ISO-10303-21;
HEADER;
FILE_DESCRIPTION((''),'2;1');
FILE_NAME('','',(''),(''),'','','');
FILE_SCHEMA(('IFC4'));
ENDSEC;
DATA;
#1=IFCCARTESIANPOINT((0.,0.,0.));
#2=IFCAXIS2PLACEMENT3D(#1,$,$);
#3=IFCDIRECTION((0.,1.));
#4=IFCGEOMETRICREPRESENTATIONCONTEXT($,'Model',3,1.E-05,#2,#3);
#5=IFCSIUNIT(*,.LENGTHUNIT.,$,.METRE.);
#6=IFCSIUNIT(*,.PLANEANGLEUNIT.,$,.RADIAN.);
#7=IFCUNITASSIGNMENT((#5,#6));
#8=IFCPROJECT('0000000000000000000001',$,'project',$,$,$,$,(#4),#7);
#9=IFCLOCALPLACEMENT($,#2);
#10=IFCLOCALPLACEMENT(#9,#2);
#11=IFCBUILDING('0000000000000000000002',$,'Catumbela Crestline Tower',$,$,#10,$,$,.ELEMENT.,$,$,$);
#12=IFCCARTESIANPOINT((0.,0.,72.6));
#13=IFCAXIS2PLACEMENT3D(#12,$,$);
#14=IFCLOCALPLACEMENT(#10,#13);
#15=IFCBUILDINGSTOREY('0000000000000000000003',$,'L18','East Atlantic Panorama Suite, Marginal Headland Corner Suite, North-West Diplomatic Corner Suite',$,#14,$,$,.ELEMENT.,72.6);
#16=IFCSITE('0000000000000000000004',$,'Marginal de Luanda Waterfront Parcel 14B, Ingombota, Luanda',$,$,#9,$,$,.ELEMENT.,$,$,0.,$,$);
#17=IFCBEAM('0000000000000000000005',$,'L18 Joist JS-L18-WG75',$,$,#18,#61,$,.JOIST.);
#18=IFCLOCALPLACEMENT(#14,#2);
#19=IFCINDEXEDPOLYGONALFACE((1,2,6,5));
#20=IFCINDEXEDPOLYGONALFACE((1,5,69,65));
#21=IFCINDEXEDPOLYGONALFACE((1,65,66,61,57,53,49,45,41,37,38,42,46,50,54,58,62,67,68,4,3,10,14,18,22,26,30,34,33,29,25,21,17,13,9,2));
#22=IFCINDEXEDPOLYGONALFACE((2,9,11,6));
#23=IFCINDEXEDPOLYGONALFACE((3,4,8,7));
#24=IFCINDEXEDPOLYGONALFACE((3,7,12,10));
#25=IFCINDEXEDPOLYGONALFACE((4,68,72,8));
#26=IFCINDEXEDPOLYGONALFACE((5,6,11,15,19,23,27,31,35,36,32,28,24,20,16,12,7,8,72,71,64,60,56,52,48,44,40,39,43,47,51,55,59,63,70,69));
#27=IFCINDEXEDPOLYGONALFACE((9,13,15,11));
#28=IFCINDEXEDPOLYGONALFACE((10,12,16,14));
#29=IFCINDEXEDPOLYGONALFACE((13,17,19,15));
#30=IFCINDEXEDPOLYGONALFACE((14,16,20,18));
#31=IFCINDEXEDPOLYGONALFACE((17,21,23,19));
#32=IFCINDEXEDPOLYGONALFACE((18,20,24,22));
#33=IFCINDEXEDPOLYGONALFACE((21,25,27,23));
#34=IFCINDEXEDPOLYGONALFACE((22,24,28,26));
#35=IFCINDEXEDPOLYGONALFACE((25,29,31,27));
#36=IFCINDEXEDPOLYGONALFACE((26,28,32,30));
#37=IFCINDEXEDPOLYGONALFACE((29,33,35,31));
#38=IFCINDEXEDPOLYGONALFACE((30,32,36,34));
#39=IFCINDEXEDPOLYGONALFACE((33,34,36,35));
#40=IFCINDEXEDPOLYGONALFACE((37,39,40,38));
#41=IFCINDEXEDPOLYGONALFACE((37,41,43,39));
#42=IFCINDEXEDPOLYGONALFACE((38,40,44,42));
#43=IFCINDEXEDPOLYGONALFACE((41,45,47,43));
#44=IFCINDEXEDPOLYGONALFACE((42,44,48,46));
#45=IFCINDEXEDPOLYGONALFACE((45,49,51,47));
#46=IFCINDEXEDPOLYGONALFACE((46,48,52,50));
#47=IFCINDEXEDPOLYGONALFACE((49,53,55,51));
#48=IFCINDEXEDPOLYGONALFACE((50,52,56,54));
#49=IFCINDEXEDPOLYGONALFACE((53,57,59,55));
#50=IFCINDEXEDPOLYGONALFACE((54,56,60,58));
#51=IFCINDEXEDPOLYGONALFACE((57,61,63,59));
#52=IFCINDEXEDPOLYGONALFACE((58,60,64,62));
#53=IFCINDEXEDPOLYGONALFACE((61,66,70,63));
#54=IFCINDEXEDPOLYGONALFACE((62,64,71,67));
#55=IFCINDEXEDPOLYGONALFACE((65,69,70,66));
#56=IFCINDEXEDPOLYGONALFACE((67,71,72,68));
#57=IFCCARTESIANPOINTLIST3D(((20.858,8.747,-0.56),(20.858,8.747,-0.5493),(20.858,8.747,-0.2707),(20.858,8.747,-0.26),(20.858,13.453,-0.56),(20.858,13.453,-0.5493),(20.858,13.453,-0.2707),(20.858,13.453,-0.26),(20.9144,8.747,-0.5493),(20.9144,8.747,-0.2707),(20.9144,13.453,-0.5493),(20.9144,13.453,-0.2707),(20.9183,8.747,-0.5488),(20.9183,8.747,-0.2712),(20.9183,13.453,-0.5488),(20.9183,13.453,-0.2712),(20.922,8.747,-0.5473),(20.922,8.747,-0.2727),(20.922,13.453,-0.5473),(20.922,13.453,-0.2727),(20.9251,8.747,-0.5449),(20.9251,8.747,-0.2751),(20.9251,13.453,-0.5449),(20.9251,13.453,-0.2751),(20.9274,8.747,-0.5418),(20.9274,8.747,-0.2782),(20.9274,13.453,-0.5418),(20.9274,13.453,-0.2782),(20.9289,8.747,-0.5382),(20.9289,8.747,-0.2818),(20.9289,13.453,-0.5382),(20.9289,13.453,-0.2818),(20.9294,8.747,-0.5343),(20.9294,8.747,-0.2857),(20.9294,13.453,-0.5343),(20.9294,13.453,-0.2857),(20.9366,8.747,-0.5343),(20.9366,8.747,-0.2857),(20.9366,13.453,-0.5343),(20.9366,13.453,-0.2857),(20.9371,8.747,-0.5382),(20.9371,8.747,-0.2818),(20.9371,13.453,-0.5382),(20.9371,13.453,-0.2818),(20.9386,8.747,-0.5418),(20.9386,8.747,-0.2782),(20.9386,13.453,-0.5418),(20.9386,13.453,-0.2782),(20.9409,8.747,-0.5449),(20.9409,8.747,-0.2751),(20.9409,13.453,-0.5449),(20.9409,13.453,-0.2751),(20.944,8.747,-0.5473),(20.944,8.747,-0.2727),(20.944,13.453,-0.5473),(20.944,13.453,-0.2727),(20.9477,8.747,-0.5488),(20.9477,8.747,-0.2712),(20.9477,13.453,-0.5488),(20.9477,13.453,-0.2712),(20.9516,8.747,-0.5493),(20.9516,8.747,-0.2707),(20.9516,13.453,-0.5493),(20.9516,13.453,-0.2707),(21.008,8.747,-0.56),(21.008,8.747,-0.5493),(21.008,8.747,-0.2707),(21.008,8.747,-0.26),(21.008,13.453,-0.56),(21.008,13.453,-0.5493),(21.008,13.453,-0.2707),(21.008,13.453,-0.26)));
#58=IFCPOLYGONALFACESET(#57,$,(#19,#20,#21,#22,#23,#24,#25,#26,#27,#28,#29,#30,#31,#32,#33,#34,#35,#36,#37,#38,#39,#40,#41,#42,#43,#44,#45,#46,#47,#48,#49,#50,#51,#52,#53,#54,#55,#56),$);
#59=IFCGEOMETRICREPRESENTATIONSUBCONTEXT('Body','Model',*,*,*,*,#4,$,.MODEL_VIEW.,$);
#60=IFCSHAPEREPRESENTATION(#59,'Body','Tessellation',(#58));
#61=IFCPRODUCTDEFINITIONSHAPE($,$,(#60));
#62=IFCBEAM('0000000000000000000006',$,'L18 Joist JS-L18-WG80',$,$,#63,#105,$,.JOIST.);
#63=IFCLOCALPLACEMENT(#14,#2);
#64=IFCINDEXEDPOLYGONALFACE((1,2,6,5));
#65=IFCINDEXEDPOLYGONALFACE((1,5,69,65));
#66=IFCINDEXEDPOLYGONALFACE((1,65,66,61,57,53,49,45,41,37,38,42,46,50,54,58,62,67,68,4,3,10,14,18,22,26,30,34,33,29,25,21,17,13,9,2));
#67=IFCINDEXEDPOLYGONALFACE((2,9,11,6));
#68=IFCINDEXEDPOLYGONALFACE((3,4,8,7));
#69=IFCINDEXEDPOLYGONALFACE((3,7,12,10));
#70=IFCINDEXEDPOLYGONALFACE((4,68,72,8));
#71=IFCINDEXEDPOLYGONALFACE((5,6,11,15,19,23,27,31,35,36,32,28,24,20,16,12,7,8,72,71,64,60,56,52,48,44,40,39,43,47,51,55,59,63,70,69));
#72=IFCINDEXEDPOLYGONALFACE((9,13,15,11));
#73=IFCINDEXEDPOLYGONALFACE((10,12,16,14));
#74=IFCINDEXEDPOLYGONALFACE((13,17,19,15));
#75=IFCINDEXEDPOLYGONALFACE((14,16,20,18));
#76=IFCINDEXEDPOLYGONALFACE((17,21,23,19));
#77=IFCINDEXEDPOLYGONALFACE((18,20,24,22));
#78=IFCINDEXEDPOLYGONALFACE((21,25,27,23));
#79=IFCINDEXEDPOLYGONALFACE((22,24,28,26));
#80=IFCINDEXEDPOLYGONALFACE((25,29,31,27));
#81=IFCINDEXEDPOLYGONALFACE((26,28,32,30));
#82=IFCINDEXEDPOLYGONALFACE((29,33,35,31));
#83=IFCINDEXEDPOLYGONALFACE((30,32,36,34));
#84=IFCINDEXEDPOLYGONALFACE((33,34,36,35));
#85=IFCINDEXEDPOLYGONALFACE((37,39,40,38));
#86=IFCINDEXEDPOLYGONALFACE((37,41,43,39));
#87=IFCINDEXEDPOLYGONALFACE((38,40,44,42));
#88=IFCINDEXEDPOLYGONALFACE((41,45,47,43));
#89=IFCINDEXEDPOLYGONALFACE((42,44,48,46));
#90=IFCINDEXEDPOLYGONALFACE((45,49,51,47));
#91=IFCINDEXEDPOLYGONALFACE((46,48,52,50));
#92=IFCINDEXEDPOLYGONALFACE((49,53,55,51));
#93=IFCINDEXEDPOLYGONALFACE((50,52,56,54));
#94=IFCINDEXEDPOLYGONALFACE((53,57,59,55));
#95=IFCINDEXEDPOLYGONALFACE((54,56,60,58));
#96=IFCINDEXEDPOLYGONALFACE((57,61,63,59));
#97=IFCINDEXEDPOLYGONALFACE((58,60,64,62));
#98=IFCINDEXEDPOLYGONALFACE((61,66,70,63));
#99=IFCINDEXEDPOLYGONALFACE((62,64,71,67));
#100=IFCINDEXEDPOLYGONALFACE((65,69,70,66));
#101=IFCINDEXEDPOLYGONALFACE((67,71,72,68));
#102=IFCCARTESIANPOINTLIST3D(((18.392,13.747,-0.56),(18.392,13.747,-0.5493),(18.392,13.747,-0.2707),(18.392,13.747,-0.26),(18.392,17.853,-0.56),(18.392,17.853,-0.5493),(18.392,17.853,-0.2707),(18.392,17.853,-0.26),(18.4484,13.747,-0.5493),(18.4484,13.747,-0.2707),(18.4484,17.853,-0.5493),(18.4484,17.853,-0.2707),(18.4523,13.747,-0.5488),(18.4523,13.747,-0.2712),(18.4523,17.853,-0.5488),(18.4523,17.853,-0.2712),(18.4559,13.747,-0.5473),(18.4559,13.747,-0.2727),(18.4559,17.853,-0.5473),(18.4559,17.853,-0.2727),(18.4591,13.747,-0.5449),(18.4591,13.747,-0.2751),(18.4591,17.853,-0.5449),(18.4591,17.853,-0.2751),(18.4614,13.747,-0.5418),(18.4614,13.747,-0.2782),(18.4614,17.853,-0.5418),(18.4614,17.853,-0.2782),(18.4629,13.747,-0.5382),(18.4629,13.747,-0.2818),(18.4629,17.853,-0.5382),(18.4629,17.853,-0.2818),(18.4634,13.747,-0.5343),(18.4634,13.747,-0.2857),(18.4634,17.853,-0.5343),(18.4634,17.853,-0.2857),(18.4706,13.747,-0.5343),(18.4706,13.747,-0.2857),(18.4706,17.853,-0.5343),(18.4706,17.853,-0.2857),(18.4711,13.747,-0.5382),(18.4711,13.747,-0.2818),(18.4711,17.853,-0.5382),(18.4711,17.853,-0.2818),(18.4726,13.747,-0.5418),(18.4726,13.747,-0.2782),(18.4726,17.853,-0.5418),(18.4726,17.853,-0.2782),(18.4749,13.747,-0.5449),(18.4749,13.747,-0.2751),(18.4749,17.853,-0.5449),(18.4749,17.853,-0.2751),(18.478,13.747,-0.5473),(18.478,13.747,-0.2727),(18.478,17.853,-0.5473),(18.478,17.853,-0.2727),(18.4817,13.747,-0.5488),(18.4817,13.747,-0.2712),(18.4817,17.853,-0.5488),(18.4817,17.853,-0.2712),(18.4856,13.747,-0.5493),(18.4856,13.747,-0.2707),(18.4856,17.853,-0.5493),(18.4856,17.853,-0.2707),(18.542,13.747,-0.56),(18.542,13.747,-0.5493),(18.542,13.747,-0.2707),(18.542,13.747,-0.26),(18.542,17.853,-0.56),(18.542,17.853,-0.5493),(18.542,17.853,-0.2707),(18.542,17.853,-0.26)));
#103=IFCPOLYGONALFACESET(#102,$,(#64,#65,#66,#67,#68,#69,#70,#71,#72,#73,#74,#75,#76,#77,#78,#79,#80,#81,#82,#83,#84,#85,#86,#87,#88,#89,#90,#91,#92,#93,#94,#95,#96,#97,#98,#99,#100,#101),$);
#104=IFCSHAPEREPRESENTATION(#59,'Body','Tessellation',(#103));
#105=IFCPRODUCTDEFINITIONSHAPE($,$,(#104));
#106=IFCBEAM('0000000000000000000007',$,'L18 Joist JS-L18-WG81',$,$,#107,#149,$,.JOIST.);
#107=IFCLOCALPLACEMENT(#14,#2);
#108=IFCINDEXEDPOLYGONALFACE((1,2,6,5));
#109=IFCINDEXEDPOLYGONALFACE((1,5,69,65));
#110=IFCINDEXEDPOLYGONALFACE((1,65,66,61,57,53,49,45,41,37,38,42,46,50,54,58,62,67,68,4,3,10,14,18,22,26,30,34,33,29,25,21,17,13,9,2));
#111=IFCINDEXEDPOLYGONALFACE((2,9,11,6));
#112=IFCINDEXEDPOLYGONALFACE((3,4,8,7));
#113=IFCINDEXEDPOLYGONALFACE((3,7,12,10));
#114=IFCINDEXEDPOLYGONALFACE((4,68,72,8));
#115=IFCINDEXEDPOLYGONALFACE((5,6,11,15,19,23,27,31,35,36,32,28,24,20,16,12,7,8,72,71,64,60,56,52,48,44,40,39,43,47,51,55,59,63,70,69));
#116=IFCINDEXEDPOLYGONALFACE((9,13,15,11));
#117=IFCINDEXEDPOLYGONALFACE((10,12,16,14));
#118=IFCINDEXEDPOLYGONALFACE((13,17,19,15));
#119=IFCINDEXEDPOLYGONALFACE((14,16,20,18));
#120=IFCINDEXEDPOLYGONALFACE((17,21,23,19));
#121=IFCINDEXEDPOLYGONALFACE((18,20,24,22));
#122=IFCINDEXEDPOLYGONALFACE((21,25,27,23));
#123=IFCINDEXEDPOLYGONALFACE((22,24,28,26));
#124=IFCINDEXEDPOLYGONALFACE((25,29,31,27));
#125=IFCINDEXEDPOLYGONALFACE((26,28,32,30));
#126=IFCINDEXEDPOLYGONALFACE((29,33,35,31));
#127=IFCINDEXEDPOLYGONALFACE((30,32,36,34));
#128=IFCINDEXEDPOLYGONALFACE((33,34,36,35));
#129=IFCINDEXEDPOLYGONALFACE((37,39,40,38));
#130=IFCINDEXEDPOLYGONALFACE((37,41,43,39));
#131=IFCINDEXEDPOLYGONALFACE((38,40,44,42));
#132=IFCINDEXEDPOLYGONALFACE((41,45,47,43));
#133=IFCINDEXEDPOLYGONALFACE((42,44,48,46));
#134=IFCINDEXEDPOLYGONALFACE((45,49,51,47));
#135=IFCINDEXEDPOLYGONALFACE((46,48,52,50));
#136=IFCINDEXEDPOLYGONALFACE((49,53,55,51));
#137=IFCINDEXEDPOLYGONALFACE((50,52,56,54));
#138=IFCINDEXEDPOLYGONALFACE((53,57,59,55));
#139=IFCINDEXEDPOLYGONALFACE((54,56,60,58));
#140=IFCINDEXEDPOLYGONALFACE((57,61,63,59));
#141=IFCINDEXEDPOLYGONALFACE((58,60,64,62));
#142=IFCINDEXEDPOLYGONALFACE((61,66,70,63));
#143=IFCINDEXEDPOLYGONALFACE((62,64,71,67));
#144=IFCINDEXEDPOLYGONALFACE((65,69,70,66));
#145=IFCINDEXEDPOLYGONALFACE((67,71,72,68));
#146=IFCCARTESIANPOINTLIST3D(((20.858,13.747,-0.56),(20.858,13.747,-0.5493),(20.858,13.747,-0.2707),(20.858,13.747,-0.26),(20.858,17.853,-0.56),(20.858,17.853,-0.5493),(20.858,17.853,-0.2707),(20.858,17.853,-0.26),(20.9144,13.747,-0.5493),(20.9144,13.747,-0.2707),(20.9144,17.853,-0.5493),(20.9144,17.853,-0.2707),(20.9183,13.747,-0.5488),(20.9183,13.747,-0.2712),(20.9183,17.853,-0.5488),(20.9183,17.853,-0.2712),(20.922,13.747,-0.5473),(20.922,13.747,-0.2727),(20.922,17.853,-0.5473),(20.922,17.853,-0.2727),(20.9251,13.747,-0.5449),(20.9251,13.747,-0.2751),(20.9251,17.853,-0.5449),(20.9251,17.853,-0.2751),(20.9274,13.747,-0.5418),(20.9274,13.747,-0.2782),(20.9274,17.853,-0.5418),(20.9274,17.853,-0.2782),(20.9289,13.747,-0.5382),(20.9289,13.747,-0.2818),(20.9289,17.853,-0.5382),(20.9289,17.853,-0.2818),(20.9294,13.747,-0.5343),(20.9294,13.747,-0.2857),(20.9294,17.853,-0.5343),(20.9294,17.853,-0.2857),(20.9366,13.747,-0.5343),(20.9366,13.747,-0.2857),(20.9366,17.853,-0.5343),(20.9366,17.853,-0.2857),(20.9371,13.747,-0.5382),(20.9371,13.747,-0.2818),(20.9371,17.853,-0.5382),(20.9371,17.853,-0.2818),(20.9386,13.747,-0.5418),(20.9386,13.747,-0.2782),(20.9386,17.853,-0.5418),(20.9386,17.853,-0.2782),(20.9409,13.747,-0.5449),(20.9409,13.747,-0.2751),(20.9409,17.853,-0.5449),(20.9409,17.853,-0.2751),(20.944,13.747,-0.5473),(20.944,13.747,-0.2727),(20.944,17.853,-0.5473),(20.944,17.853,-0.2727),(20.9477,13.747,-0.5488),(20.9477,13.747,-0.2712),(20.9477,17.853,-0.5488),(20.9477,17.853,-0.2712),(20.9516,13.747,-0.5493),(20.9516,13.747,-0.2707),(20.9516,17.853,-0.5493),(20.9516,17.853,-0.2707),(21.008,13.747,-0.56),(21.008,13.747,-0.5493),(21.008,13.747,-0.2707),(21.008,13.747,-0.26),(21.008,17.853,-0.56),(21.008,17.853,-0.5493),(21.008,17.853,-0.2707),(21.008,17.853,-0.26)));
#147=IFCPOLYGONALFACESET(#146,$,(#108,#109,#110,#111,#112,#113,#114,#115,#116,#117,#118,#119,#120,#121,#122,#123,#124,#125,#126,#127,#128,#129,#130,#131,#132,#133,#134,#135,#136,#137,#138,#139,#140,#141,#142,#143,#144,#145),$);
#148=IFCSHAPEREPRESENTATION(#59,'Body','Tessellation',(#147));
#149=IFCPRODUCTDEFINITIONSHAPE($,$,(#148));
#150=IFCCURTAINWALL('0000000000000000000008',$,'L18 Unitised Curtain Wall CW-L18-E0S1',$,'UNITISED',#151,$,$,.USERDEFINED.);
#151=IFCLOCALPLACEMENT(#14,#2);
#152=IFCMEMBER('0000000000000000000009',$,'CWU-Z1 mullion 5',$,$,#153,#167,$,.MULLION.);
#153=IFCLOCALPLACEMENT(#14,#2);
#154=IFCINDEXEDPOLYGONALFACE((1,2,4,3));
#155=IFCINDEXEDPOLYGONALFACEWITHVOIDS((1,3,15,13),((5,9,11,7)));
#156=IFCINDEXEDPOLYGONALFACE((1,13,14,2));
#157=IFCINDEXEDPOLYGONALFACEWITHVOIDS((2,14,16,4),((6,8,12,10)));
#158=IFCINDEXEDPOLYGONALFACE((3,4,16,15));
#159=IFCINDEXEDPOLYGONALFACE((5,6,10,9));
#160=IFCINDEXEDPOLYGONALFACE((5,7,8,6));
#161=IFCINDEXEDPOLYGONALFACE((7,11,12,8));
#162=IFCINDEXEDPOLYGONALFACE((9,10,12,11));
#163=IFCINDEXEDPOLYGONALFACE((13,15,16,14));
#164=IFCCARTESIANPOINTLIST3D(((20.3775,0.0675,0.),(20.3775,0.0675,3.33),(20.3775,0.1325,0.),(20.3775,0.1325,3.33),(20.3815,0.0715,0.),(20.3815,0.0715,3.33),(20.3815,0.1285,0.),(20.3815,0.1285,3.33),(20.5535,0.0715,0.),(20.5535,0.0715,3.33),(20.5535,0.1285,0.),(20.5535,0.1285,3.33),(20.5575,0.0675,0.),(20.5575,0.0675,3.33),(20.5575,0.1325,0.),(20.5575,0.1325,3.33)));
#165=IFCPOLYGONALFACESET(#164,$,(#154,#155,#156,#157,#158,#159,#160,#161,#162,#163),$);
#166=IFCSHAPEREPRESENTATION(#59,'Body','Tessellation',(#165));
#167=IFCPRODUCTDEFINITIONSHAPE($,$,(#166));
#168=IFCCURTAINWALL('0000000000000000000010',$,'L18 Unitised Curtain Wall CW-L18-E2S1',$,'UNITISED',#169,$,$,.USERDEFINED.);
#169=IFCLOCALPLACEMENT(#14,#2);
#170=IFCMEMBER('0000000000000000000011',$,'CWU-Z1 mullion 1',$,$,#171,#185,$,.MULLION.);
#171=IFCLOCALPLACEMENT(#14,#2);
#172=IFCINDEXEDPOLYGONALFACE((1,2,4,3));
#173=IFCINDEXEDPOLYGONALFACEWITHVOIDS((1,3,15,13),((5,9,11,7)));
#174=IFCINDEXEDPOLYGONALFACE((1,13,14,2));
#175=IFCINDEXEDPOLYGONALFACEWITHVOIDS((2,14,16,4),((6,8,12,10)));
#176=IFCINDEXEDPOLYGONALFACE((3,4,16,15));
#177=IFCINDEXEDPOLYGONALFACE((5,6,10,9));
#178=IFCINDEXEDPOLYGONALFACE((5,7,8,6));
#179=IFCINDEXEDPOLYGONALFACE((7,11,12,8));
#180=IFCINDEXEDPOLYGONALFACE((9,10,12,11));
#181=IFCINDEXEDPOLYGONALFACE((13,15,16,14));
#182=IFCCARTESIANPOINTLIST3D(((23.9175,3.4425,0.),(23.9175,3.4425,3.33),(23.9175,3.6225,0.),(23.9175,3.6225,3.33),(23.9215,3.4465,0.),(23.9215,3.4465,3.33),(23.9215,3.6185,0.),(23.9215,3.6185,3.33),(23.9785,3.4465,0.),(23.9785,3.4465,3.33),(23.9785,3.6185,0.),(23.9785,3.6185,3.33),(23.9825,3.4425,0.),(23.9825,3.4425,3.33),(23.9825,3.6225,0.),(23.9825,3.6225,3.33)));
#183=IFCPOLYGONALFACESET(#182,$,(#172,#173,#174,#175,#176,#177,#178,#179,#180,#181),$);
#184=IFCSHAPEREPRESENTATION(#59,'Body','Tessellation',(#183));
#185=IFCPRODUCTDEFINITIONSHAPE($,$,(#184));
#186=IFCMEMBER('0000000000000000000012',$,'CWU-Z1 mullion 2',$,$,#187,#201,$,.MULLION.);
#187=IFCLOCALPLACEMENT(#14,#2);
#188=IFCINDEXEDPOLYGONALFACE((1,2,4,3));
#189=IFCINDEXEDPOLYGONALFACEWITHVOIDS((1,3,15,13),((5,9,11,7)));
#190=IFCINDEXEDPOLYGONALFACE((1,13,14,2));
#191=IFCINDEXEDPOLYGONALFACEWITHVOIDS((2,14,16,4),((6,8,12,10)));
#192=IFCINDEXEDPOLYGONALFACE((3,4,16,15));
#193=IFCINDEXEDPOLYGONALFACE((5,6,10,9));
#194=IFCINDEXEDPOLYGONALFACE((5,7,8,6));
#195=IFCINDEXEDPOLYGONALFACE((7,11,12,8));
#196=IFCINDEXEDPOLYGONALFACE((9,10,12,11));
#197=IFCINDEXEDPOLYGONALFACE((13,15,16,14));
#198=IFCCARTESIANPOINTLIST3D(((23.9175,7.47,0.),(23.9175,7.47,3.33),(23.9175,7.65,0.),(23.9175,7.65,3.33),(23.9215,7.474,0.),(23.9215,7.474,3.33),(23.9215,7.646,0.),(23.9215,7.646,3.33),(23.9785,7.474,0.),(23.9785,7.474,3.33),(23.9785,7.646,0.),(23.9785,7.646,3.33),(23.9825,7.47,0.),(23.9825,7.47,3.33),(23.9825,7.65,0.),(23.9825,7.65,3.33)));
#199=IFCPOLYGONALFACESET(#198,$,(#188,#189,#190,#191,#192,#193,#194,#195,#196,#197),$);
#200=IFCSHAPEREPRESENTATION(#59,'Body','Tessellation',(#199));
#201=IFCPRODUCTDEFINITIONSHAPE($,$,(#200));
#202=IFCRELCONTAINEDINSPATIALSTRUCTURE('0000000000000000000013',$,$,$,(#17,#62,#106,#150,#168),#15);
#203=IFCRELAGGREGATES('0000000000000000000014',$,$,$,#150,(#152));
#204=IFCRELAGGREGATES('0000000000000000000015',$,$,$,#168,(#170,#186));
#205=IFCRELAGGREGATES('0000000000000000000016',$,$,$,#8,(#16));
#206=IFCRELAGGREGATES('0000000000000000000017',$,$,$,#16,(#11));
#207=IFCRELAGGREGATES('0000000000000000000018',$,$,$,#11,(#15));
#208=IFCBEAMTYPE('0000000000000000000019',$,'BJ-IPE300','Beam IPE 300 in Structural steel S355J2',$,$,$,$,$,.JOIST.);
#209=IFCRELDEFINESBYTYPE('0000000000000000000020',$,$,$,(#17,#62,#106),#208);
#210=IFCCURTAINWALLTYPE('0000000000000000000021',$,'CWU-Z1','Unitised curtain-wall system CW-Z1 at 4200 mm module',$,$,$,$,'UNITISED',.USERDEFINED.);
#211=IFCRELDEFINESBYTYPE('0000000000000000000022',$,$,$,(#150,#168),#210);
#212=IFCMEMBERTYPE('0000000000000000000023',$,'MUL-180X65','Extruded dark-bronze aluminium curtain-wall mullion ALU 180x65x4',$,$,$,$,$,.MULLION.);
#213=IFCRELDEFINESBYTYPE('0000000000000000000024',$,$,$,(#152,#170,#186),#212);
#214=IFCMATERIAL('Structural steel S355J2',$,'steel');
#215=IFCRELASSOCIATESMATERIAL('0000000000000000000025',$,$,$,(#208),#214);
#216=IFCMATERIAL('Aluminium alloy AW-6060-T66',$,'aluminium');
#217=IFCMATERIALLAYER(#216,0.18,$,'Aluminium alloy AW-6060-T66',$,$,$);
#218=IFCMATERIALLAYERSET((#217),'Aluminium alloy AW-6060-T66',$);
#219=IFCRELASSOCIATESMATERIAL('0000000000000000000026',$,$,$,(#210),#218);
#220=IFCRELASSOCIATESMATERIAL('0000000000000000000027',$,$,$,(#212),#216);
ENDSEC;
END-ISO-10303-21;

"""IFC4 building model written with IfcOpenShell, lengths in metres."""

from ifc_helpers import new_model, si_unit, direction, frame, origin, origin_2d, place, context, subcontext, project, spatial, hollow_rectangle, i_section, extrude, material, layer, layer_set, material_profile, profile_set, type_object, element, aggregate, save


model = new_model("IFC4")

# Units and contexts
model_context = context("Model", 3, precision=1e-05, world=origin(), true_north=direction((0.0, 1.0)))
body_context = subcontext(model_context, "Body", "Model", "MODEL_VIEW")
ifc_project = project(units=[si_unit("LENGTHUNIT", "METRE"), si_unit("PLANEANGLEUNIT", "RADIAN")], contexts=[model_context])

# Site, building, storey
site_placement = place(None, origin())
site = spatial("IfcSite", under=ifc_project, at=site_placement, Name="Marginal de Luanda Waterfront Parcel 14B, Ingombota, Luanda", CompositionType="ELEMENT", RefElevation=0.0)
building_placement = place(site_placement, origin())
building = spatial("IfcBuilding", under=site, at=building_placement, Name="Catumbela Crestline Tower", CompositionType="ELEMENT")
storey_placement = place(building_placement, frame((0.0, 0.0, 72.6)))
storey = spatial("IfcBuildingStorey", under=building, at=storey_placement, Name="L18", Description="East Atlantic Panorama Suite, Marginal Headland Corner Suite, North-West Diplomatic Corner Suite", CompositionType="ELEMENT", Elevation=72.6)

# Beams
ifc_material_1 = material(Name="Structural steel S355J2", Category="steel")
ifc_material_profile_1 = material_profile(ifc_material_1, i_section(OverallWidth=0.15, OverallDepth=0.3, WebThickness=0.0071, FlangeThickness=0.0107, FilletRadius=0.015, at=origin_2d()), Name="IPE 300")
ifc_profile_set_1 = profile_set([ifc_material_profile_1], Name="Structural steel S355J2")
beam_type_1 = type_object("IfcBeamType", Name="BJ-IPE300", Description="Beam IPE 300 in Structural steel S355J2", PredefinedType="JOIST", material=ifc_profile_set_1)
for number, where, z_axis, x_axis, name in (
    (1, (20.933, 8.747, -0.41), (0.0, 1.0, 0.0), (-1.0, 0.0, 0.0), "L18 Joist JS-L18-WG75"),
):
    element("IfcBeam", number, at=place(storey_placement, frame(where, z_axis=z_axis, x_axis=x_axis)), inside=storey, type_object=beam_type_1, Name=name, PredefinedType="JOIST", context=body_context, shape_type="SweptSolid", body=[
        extrude(i_section(OverallWidth=0.15, OverallDepth=0.3, WebThickness=0.0071, FlangeThickness=0.0107, FilletRadius=0.015, at=origin_2d()), origin(), (0.0, 0.0, 1.0), 4.706),
    ])
for number, where, z_axis, x_axis, name in (
    (2, (18.467, 13.747, -0.41), (0.0, 1.0, 0.0), (-1.0, 0.0, 0.0), "L18 Joist JS-L18-WG80"),
    (3, (20.933, 13.747, -0.41), (0.0, 1.0, 0.0), (-1.0, 0.0, 0.0), "L18 Joist JS-L18-WG81"),
):
    element("IfcBeam", number, at=place(storey_placement, frame(where, z_axis=z_axis, x_axis=x_axis)), inside=storey, type_object=beam_type_1, Name=name, PredefinedType="JOIST", context=body_context, shape_type="SweptSolid", body=[
        extrude(i_section(OverallWidth=0.15, OverallDepth=0.3, WebThickness=0.0071, FlangeThickness=0.0107, FilletRadius=0.015, at=origin_2d()), origin(), (0.0, 0.0, 1.0), 4.106),
    ])

# Curtain wall, member
ifc_material_2 = material(Name="Aluminium alloy AW-6060-T66", Category="aluminium")
ifc_layer_1 = layer(ifc_material_2, 0.18, Name="Aluminium alloy AW-6060-T66")
ifc_layer_set_1 = layer_set([ifc_layer_1], Name="Aluminium alloy AW-6060-T66")
curtain_wall_type = type_object("IfcCurtainWallType", Name="CWU-Z1", Description="Unitised curtain-wall system CW-Z1 at 4200 mm module", ElementType="UNITISED", PredefinedType="USERDEFINED", material=ifc_layer_set_1)
curtain_wall_1_placement = place(storey_placement, origin())
curtain_wall_1 = element("IfcCurtainWall", 4, at=curtain_wall_1_placement, inside=storey, type_object=curtain_wall_type, Name="L18 Unitised Curtain Wall CW-L18-E0S1", ObjectType="UNITISED", PredefinedType="USERDEFINED")
ifc_material_profile_2 = material_profile(ifc_material_2, hollow_rectangle(XDim=0.065, YDim=0.18, WallThickness=0.004, at=origin_2d()), Name="ALU 180x65x4")
ifc_profile_set_2 = profile_set([ifc_material_profile_2], Name="Aluminium alloy AW-6060-T66")
member_type_1 = type_object("IfcMemberType", Name="MUL-180X65", Description="Extruded dark-bronze aluminium curtain-wall mullion ALU 180x65x4", PredefinedType="MULLION", material=ifc_profile_set_2)
member_1_placement = place(storey_placement, frame((20.4675, 0.1, 0.0), z_axis=(0.0, 0.0, 1.0), x_axis=(0.0, 1.0, 0.0)))
member_1 = element("IfcMember", 5, at=member_1_placement, type_object=member_type_1, Name="CWU-Z1 mullion 5", PredefinedType="MULLION", context=body_context, shape_type="SweptSolid", body=[
    extrude(hollow_rectangle(XDim=0.065, YDim=0.18, WallThickness=0.004, at=origin_2d()), origin(), (0.0, 0.0, 1.0), 3.33),
])
aggregate(curtain_wall_1, [member_1])

# Curtain wall, members
curtain_wall_2_placement = place(storey_placement, origin())
curtain_wall_2 = element("IfcCurtainWall", 6, at=curtain_wall_2_placement, inside=storey, type_object=curtain_wall_type, Name="L18 Unitised Curtain Wall CW-L18-E2S1", ObjectType="UNITISED", PredefinedType="USERDEFINED")
member_2_placement = place(storey_placement, frame((23.95, 3.5325, 0.0), z_axis=(0.0, 0.0, 1.0), x_axis=(-1.0, 0.0, 0.0)))
member_2 = element("IfcMember", 7, at=member_2_placement, type_object=member_type_1, Name="CWU-Z1 mullion 1", PredefinedType="MULLION", context=body_context, shape_type="SweptSolid", body=[
    extrude(hollow_rectangle(XDim=0.065, YDim=0.18, WallThickness=0.004, at=origin_2d()), origin(), (0.0, 0.0, 1.0), 3.33),
])
member_3_placement = place(storey_placement, frame((23.95, 7.56, 0.0), z_axis=(0.0, 0.0, 1.0), x_axis=(-1.0, 0.0, 0.0)))
member_3 = element("IfcMember", 8, at=member_3_placement, type_object=member_type_1, Name="CWU-Z1 mullion 2", PredefinedType="MULLION", context=body_context, shape_type="SweptSolid", body=[
    extrude(hollow_rectangle(XDim=0.065, YDim=0.18, WallThickness=0.004, at=origin_2d()), origin(), (0.0, 0.0, 1.0), 3.33),
])

aggregate(curtain_wall_2, [member_2, member_3])

save(model, "model.ifc")
